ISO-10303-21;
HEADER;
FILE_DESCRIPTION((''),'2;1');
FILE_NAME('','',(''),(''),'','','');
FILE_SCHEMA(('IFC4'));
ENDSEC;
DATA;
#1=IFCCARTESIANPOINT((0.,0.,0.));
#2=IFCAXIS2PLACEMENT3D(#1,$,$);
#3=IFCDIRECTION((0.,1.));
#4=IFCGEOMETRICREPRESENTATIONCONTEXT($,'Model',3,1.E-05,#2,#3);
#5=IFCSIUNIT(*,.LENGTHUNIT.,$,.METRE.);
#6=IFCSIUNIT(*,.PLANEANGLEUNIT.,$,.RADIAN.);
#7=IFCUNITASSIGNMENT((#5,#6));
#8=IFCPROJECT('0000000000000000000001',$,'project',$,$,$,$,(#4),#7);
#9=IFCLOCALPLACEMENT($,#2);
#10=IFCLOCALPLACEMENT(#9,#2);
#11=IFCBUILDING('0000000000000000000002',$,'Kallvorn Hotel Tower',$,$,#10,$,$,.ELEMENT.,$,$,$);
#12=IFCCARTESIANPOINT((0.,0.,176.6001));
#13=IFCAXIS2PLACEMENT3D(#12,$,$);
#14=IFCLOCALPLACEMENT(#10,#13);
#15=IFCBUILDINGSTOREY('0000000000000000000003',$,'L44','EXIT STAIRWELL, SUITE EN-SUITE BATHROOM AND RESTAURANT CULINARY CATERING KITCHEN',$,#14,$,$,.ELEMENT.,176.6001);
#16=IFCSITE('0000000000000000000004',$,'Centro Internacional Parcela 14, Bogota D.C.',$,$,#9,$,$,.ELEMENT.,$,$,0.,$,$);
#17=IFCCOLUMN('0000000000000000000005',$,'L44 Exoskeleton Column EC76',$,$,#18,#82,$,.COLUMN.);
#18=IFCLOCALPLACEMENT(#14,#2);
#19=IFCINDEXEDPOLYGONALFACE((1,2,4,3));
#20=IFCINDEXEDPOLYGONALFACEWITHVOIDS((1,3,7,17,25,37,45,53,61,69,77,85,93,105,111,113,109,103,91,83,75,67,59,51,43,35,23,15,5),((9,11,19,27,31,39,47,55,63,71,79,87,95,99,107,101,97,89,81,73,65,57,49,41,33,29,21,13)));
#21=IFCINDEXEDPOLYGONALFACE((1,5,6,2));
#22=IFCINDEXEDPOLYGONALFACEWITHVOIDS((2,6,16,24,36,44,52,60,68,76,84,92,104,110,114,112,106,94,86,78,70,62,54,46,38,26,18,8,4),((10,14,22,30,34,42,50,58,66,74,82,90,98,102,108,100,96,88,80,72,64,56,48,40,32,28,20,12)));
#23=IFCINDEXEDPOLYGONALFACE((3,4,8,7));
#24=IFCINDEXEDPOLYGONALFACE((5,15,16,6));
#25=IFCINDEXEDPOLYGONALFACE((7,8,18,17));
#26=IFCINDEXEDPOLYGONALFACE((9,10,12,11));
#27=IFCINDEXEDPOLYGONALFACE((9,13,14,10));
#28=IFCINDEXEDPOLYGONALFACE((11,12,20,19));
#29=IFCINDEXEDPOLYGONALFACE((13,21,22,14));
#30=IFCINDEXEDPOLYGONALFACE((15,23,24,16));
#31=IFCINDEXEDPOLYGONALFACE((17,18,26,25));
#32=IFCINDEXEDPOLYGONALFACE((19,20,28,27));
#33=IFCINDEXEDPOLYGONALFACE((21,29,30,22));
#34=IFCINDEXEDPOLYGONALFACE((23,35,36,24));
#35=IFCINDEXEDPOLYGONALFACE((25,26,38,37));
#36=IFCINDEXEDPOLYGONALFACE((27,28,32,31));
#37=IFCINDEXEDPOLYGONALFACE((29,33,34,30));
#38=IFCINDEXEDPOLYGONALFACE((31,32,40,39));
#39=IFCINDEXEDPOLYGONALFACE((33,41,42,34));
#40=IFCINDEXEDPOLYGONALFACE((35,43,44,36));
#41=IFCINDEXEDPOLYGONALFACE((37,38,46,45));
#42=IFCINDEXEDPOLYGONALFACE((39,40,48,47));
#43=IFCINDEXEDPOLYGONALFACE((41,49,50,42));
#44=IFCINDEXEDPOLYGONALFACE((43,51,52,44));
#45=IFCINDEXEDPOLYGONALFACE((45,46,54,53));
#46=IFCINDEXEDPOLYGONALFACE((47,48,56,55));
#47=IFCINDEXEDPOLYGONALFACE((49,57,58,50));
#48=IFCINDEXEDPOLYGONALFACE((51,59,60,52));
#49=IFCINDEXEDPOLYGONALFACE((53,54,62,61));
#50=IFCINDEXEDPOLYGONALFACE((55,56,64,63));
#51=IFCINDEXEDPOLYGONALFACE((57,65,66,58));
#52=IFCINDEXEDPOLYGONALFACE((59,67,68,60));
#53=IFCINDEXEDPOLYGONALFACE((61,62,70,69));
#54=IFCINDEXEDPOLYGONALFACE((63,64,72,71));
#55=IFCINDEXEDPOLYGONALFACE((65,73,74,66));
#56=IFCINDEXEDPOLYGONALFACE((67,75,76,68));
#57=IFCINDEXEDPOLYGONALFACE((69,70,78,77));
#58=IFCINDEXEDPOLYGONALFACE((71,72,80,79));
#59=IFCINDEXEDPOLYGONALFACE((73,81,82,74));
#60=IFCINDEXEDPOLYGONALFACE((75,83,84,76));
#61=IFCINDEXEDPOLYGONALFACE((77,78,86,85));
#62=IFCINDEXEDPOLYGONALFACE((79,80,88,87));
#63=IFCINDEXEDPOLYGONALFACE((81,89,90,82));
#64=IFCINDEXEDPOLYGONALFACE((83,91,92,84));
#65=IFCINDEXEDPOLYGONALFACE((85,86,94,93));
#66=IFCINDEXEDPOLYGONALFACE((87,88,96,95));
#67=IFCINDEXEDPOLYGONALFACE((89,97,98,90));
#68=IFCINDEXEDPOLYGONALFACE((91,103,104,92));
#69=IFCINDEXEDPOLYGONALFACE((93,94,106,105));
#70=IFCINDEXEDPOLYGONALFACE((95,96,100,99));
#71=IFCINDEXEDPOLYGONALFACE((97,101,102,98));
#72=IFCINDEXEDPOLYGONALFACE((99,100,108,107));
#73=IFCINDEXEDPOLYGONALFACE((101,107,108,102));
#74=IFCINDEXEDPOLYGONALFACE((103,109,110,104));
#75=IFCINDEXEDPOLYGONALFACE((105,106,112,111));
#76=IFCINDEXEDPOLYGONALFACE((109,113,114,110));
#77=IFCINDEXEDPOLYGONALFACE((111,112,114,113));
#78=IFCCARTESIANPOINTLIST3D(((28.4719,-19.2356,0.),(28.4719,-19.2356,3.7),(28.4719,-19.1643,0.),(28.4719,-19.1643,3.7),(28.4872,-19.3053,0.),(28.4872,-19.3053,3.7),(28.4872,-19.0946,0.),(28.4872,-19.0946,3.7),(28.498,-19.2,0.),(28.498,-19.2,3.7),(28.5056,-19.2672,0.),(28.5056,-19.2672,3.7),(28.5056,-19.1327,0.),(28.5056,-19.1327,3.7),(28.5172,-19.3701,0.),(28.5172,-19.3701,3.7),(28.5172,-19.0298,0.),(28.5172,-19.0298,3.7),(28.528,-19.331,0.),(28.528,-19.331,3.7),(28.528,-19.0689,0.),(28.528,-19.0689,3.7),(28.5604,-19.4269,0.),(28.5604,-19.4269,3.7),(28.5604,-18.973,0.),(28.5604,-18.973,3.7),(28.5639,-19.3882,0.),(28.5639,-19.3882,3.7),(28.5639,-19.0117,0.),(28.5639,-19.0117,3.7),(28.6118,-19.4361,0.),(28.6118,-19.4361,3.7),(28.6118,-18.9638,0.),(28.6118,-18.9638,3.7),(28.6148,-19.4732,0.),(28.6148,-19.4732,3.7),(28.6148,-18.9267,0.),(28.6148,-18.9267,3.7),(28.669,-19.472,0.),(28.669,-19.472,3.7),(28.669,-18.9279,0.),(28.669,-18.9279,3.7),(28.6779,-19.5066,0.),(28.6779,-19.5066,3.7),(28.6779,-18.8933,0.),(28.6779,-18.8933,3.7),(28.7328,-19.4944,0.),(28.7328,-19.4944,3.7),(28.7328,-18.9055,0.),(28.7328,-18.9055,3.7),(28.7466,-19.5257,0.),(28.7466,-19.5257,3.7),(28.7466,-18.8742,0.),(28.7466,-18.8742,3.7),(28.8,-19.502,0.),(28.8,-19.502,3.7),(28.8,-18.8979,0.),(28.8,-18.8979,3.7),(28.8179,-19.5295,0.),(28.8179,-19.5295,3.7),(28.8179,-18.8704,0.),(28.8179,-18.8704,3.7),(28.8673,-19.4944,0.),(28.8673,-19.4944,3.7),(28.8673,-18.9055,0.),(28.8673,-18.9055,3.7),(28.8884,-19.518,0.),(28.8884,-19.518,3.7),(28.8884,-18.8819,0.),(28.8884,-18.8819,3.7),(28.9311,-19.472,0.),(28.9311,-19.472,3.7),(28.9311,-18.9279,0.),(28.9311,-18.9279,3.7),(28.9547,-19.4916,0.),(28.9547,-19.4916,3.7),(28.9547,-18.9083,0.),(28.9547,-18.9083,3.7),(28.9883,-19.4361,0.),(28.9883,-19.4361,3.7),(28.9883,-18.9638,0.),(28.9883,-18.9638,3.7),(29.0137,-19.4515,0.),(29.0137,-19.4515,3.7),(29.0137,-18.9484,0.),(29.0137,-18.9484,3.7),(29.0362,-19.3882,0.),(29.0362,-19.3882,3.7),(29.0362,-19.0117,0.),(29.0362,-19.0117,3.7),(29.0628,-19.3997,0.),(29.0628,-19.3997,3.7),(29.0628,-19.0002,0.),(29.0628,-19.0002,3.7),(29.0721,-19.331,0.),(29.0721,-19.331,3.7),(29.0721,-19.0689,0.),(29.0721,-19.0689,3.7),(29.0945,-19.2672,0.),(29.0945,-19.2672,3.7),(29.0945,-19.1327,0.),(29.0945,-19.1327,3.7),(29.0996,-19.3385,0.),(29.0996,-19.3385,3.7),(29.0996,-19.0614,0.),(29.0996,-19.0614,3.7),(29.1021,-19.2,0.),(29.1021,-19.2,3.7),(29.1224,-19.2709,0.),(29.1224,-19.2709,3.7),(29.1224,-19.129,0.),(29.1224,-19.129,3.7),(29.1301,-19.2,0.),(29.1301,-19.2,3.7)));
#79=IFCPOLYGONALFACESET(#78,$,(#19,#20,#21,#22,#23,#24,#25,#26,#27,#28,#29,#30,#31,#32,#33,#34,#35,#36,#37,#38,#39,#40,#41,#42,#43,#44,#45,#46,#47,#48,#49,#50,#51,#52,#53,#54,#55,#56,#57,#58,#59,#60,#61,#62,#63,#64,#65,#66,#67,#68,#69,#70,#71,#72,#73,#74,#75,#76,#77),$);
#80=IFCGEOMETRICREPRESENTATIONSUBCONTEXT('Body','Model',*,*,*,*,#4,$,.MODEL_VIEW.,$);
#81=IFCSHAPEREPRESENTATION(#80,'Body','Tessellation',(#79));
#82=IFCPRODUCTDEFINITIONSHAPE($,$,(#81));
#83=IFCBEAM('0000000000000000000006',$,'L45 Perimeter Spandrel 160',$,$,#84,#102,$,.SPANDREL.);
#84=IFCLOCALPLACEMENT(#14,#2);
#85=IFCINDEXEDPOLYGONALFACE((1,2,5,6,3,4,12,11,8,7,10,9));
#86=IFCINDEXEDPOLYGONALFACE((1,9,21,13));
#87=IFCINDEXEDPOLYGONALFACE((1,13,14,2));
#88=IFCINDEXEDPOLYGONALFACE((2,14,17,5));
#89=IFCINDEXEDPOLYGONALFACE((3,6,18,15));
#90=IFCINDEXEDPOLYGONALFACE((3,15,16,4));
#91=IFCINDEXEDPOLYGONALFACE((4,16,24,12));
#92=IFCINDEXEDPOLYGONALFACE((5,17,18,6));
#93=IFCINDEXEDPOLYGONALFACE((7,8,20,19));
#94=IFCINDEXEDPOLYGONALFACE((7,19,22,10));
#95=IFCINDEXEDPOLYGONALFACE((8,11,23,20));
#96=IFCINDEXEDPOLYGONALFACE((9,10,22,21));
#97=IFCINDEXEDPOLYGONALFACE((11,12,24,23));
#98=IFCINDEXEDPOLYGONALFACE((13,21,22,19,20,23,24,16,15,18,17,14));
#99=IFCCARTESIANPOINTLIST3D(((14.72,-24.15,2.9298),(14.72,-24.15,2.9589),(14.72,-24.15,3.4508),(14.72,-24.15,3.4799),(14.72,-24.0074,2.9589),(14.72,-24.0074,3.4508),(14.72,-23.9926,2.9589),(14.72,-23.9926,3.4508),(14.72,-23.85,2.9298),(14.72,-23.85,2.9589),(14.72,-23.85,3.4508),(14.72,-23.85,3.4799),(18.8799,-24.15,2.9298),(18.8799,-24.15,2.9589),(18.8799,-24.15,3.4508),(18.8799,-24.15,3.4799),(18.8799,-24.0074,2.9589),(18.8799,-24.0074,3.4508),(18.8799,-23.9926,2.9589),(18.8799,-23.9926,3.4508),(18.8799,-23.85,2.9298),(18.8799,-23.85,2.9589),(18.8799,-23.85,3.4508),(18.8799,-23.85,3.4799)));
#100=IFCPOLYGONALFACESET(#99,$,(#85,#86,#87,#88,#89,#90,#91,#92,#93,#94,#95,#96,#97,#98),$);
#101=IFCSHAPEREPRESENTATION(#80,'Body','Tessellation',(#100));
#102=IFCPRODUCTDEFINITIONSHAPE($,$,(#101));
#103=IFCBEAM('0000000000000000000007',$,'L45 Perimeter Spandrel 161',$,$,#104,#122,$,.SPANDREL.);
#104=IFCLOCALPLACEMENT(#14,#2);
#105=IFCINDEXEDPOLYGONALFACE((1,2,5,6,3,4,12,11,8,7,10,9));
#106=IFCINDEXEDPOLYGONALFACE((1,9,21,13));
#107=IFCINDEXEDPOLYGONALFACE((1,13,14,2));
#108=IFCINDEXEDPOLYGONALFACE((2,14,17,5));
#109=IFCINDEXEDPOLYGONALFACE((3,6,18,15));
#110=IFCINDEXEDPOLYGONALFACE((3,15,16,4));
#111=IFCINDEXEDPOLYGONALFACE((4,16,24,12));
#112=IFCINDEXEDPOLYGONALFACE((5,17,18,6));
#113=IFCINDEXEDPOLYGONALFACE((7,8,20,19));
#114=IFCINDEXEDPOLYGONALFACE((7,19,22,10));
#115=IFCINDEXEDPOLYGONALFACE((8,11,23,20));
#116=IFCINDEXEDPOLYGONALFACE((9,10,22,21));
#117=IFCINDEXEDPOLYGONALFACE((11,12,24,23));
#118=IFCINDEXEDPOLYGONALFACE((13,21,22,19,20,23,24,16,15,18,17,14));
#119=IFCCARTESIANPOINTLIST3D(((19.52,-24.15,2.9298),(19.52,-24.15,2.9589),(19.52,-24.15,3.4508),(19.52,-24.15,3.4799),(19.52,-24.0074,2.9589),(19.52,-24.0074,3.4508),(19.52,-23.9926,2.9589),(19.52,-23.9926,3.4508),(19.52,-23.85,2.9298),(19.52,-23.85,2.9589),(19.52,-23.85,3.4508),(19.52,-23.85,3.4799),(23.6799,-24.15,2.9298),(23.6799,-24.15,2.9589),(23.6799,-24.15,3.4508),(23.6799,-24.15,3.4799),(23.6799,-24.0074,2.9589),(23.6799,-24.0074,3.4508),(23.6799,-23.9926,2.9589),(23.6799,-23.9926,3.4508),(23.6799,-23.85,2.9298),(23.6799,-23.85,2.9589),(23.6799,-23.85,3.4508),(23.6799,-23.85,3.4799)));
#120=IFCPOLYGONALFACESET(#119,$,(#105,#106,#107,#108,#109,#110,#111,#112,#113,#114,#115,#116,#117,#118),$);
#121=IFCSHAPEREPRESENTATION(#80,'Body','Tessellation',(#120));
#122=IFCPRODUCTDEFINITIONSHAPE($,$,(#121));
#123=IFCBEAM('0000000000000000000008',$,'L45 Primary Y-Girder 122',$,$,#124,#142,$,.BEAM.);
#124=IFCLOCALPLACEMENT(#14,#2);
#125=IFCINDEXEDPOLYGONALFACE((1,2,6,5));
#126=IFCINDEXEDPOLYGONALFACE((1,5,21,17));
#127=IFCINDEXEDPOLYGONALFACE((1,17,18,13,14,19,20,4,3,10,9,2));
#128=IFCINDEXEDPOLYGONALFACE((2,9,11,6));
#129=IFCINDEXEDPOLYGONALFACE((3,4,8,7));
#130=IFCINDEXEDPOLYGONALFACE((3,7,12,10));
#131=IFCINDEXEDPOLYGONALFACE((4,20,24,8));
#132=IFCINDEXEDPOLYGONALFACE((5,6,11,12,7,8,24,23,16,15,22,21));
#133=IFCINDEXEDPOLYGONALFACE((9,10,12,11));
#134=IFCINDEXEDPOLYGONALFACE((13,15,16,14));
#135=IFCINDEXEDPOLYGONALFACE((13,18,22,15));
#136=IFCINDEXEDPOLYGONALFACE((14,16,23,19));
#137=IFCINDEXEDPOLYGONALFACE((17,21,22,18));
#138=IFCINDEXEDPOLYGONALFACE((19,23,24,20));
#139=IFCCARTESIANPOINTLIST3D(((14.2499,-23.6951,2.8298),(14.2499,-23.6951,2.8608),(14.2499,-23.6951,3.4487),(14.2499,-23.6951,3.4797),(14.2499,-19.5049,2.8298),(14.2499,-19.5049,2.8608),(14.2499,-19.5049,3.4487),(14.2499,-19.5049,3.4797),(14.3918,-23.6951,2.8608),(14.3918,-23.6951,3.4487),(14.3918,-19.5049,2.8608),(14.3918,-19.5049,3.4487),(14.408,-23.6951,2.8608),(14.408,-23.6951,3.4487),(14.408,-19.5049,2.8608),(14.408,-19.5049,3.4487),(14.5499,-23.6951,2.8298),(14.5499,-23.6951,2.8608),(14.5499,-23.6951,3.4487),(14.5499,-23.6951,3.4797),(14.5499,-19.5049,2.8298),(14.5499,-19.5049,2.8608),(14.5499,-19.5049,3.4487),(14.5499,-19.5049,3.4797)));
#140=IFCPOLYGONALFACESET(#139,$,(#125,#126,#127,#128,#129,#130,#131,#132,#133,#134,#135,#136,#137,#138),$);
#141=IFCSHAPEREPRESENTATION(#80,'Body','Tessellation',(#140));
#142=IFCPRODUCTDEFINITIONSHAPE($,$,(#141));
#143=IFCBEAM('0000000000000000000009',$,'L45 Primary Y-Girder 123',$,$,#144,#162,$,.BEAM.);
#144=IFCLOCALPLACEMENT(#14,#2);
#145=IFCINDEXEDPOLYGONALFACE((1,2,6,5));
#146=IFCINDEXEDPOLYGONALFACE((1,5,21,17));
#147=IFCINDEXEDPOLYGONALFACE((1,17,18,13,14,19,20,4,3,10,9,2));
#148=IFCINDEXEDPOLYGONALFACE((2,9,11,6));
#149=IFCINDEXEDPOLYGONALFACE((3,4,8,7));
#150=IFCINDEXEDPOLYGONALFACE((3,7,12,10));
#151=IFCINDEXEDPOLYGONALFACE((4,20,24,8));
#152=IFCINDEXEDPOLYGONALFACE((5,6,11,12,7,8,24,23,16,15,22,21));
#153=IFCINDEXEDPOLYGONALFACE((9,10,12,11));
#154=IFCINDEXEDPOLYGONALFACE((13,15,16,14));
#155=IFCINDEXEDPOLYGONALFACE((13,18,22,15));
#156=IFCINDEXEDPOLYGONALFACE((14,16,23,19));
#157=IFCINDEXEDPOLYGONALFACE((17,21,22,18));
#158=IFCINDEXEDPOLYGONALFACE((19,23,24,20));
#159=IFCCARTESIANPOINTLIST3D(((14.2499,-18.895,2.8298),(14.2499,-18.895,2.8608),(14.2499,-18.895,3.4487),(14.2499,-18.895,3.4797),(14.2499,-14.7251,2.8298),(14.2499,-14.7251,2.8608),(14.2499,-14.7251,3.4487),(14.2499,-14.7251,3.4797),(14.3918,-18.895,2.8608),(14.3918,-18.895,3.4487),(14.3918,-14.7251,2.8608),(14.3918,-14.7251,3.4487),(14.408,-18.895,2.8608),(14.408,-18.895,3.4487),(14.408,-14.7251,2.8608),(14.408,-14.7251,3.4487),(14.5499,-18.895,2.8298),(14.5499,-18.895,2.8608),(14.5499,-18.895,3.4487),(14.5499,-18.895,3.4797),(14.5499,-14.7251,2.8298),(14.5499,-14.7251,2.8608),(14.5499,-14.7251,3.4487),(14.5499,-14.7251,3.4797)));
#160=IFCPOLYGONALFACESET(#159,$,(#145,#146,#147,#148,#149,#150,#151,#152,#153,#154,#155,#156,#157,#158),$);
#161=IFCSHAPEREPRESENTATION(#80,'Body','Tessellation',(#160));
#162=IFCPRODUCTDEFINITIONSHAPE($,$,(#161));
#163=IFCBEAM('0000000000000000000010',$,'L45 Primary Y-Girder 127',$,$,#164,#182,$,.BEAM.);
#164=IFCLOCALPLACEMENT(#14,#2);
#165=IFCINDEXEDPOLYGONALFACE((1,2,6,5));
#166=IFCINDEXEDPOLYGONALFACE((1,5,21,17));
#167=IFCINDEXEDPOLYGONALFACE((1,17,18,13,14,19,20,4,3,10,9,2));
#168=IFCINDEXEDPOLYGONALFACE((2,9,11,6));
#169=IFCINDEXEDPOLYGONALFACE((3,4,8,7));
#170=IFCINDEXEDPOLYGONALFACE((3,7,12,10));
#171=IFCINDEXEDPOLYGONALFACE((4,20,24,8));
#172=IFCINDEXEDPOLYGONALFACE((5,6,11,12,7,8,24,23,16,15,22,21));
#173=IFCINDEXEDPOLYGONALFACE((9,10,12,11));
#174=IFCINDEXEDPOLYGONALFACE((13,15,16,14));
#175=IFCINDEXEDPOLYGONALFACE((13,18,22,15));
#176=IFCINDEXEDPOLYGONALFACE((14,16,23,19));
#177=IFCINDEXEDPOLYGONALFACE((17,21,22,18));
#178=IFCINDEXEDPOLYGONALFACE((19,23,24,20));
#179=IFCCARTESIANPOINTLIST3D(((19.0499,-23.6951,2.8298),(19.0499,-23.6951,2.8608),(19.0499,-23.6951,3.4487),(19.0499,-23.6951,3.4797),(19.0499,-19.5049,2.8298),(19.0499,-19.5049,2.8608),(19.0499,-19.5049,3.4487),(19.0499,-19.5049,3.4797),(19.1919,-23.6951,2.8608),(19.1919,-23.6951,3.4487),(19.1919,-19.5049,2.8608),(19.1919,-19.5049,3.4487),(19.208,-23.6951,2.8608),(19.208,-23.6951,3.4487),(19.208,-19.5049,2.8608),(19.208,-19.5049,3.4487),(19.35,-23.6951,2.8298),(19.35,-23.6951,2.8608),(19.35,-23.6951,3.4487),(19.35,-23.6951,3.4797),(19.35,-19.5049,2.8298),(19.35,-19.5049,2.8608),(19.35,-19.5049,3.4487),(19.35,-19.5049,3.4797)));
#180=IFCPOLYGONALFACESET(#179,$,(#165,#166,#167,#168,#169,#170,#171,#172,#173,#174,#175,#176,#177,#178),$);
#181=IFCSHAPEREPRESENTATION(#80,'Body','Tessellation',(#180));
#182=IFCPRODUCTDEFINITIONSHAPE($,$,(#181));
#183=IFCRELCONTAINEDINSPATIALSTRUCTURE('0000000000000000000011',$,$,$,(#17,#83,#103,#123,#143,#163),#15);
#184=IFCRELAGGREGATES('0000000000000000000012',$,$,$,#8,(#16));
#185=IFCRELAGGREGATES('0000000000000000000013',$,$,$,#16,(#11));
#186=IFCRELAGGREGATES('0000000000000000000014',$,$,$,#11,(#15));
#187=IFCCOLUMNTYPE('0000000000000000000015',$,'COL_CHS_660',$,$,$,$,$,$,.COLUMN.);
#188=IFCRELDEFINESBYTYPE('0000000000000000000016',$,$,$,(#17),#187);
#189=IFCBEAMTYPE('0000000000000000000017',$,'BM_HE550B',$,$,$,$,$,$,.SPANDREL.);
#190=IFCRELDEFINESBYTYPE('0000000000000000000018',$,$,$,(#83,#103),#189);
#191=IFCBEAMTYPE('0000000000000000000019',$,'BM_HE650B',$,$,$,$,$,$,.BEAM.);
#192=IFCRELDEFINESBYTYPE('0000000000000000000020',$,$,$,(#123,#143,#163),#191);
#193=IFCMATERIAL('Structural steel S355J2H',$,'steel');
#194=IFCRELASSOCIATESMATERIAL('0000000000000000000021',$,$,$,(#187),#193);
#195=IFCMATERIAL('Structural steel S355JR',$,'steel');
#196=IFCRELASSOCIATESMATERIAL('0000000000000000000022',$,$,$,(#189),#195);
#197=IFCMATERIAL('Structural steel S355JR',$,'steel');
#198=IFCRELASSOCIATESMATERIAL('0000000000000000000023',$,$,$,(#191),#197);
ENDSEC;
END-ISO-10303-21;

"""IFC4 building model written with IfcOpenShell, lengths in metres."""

from ifc_helpers import new_model, si_unit, direction, frame, origin, origin_2d, place, context, subcontext, project, spatial, hollow_circle, i_section, extrude, material, material_profile, profile_set, type_object, element, save


model = new_model("IFC4")

# Units and contexts
model_context = context("Model", 3, precision=1e-05, world=origin(), true_north=direction((0.0, 1.0)))
body_context = subcontext(model_context, "Body", "Model", "MODEL_VIEW")
ifc_project = project(units=[si_unit("LENGTHUNIT", "METRE"), si_unit("PLANEANGLEUNIT", "RADIAN")], contexts=[model_context])

# Site, building, storey
site_placement = place(None, origin())
site = spatial("IfcSite", under=ifc_project, at=site_placement, Name="Centro Internacional Parcela 14, Bogota D.C.", CompositionType="ELEMENT", RefElevation=0.0)
building_placement = place(site_placement, origin())
building = spatial("IfcBuilding", under=site, at=building_placement, Name="Kallvorn Hotel Tower", CompositionType="ELEMENT")
storey_placement = place(building_placement, frame((0.0, 0.0, 176.6001)))
storey = spatial("IfcBuildingStorey", under=building, at=storey_placement, Name="L44", Description="EXIT STAIRWELL, SUITE EN-SUITE BATHROOM AND RESTAURANT CULINARY CATERING KITCHEN", CompositionType="ELEMENT", Elevation=176.6001)

# Column
ifc_material_1 = material(Name="Structural steel S355J2H", Category="steel")
ifc_material_profile_1 = material_profile(ifc_material_1, hollow_circle(Radius=0.3301, WallThickness=0.0281, at=origin_2d()), Name="CHS 660x28")
ifc_profile_set_1 = profile_set([ifc_material_profile_1], Name="Structural steel S355J2H")
column_type = type_object("IfcColumnType", Name="COL_CHS_660", PredefinedType="COLUMN", material=ifc_profile_set_1)
for number, where, z_axis, x_axis, name in (
    (1, (28.8, -19.2, 0.0), (0.0, 0.0, 1.0), (1.0, 0.0, 0.0), "L44 Exoskeleton Column EC76"),
):
    element("IfcColumn", number, at=place(storey_placement, frame(where, z_axis=z_axis, x_axis=x_axis)), inside=storey, type_object=column_type, Name=name, PredefinedType="COLUMN", context=body_context, shape_type="SweptSolid", body=[
        extrude(hollow_circle(Radius=0.3301, WallThickness=0.0281, at=origin_2d()), origin(), (0.0, 0.0, 1.0), 3.7),
    ])

# Beams
ifc_material_2 = material(Name="Structural steel S355JR", Category="steel")
ifc_material_profile_2 = material_profile(ifc_material_2, i_section(OverallWidth=0.3, OverallDepth=0.55, WebThickness=0.0149, FlangeThickness=0.0291, at=origin_2d()), Name="HE 550 B")
ifc_profile_set_2 = profile_set([ifc_material_profile_2], Name="Structural steel S355JR")
beam_type_1 = type_object("IfcBeamType", Name="BM_HE550B", PredefinedType="SPANDREL", material=ifc_profile_set_2)
for number, where, z_axis, x_axis, name in (
    (2, (14.72, -24.0, 3.2048), (1.0, 0.0, 0.0), (0.0, 1.0, 0.0), "L45 Perimeter Spandrel 160"),
    (3, (19.52, -24.0, 3.2048), (1.0, 0.0, 0.0), (0.0, 1.0, 0.0), "L45 Perimeter Spandrel 161"),
):
    element("IfcBeam", number, at=place(storey_placement, frame(where, z_axis=z_axis, x_axis=x_axis)), inside=storey, type_object=beam_type_1, Name=name, PredefinedType="SPANDREL", context=body_context, shape_type="SweptSolid", body=[
        extrude(i_section(OverallWidth=0.3, OverallDepth=0.55, WebThickness=0.0149, FlangeThickness=0.0291, at=origin_2d()), origin(), (0.0, 0.0, 1.0), 4.1599),
    ])
ifc_material_3 = material(Name="Structural steel S355JR", Category="steel")
ifc_material_profile_3 = material_profile(ifc_material_3, i_section(OverallWidth=0.3, OverallDepth=0.6499, WebThickness=0.0161, FlangeThickness=0.031, at=origin_2d()), Name="HE 650 B")
ifc_profile_set_3 = profile_set([ifc_material_profile_3], Name="Structural steel S355JR")
beam_type_2 = type_object("IfcBeamType", Name="BM_HE650B", PredefinedType="BEAM", material=ifc_profile_set_3)
beam_1_placement = place(storey_placement, frame((14.3999, -23.6951, 3.1548), z_axis=(0.0, 1.0, 0.0), x_axis=(-1.0, 0.0, 0.0)))
element("IfcBeam", 4, at=beam_1_placement, inside=storey, type_object=beam_type_2, Name="L45 Primary Y-Girder 122", PredefinedType="BEAM", context=body_context, shape_type="SweptSolid", body=[
    extrude(i_section(OverallWidth=0.3, OverallDepth=0.6499, WebThickness=0.0161, FlangeThickness=0.031, at=origin_2d()), origin(), (0.0, 0.0, 1.0), 4.1902),
])
beam_2_placement = place(storey_placement, frame((14.3999, -18.895, 3.1548), z_axis=(0.0, 1.0, 0.0), x_axis=(-1.0, 0.0, 0.0)))
element("IfcBeam", 5, at=beam_2_placement, inside=storey, type_object=beam_type_2, Name="L45 Primary Y-Girder 123", PredefinedType="BEAM", context=body_context, shape_type="SweptSolid", body=[
    extrude(i_section(OverallWidth=0.3, OverallDepth=0.6499, WebThickness=0.0161, FlangeThickness=0.031, at=origin_2d()), origin(), (0.0, 0.0, 1.0), 4.1699),
])
beam_3_placement = place(storey_placement, frame((19.2, -23.6951, 3.1548), z_axis=(0.0, 1.0, 0.0), x_axis=(-1.0, 0.0, 0.0)))
element("IfcBeam", 6, at=beam_3_placement, inside=storey, type_object=beam_type_2, Name="L45 Primary Y-Girder 127", PredefinedType="BEAM", context=body_context, shape_type="SweptSolid", body=[
    extrude(i_section(OverallWidth=0.3, OverallDepth=0.6499, WebThickness=0.0161, FlangeThickness=0.031, at=origin_2d()), origin(), (0.0, 0.0, 1.0), 4.1902),
])

save(model, "model.ifc")
